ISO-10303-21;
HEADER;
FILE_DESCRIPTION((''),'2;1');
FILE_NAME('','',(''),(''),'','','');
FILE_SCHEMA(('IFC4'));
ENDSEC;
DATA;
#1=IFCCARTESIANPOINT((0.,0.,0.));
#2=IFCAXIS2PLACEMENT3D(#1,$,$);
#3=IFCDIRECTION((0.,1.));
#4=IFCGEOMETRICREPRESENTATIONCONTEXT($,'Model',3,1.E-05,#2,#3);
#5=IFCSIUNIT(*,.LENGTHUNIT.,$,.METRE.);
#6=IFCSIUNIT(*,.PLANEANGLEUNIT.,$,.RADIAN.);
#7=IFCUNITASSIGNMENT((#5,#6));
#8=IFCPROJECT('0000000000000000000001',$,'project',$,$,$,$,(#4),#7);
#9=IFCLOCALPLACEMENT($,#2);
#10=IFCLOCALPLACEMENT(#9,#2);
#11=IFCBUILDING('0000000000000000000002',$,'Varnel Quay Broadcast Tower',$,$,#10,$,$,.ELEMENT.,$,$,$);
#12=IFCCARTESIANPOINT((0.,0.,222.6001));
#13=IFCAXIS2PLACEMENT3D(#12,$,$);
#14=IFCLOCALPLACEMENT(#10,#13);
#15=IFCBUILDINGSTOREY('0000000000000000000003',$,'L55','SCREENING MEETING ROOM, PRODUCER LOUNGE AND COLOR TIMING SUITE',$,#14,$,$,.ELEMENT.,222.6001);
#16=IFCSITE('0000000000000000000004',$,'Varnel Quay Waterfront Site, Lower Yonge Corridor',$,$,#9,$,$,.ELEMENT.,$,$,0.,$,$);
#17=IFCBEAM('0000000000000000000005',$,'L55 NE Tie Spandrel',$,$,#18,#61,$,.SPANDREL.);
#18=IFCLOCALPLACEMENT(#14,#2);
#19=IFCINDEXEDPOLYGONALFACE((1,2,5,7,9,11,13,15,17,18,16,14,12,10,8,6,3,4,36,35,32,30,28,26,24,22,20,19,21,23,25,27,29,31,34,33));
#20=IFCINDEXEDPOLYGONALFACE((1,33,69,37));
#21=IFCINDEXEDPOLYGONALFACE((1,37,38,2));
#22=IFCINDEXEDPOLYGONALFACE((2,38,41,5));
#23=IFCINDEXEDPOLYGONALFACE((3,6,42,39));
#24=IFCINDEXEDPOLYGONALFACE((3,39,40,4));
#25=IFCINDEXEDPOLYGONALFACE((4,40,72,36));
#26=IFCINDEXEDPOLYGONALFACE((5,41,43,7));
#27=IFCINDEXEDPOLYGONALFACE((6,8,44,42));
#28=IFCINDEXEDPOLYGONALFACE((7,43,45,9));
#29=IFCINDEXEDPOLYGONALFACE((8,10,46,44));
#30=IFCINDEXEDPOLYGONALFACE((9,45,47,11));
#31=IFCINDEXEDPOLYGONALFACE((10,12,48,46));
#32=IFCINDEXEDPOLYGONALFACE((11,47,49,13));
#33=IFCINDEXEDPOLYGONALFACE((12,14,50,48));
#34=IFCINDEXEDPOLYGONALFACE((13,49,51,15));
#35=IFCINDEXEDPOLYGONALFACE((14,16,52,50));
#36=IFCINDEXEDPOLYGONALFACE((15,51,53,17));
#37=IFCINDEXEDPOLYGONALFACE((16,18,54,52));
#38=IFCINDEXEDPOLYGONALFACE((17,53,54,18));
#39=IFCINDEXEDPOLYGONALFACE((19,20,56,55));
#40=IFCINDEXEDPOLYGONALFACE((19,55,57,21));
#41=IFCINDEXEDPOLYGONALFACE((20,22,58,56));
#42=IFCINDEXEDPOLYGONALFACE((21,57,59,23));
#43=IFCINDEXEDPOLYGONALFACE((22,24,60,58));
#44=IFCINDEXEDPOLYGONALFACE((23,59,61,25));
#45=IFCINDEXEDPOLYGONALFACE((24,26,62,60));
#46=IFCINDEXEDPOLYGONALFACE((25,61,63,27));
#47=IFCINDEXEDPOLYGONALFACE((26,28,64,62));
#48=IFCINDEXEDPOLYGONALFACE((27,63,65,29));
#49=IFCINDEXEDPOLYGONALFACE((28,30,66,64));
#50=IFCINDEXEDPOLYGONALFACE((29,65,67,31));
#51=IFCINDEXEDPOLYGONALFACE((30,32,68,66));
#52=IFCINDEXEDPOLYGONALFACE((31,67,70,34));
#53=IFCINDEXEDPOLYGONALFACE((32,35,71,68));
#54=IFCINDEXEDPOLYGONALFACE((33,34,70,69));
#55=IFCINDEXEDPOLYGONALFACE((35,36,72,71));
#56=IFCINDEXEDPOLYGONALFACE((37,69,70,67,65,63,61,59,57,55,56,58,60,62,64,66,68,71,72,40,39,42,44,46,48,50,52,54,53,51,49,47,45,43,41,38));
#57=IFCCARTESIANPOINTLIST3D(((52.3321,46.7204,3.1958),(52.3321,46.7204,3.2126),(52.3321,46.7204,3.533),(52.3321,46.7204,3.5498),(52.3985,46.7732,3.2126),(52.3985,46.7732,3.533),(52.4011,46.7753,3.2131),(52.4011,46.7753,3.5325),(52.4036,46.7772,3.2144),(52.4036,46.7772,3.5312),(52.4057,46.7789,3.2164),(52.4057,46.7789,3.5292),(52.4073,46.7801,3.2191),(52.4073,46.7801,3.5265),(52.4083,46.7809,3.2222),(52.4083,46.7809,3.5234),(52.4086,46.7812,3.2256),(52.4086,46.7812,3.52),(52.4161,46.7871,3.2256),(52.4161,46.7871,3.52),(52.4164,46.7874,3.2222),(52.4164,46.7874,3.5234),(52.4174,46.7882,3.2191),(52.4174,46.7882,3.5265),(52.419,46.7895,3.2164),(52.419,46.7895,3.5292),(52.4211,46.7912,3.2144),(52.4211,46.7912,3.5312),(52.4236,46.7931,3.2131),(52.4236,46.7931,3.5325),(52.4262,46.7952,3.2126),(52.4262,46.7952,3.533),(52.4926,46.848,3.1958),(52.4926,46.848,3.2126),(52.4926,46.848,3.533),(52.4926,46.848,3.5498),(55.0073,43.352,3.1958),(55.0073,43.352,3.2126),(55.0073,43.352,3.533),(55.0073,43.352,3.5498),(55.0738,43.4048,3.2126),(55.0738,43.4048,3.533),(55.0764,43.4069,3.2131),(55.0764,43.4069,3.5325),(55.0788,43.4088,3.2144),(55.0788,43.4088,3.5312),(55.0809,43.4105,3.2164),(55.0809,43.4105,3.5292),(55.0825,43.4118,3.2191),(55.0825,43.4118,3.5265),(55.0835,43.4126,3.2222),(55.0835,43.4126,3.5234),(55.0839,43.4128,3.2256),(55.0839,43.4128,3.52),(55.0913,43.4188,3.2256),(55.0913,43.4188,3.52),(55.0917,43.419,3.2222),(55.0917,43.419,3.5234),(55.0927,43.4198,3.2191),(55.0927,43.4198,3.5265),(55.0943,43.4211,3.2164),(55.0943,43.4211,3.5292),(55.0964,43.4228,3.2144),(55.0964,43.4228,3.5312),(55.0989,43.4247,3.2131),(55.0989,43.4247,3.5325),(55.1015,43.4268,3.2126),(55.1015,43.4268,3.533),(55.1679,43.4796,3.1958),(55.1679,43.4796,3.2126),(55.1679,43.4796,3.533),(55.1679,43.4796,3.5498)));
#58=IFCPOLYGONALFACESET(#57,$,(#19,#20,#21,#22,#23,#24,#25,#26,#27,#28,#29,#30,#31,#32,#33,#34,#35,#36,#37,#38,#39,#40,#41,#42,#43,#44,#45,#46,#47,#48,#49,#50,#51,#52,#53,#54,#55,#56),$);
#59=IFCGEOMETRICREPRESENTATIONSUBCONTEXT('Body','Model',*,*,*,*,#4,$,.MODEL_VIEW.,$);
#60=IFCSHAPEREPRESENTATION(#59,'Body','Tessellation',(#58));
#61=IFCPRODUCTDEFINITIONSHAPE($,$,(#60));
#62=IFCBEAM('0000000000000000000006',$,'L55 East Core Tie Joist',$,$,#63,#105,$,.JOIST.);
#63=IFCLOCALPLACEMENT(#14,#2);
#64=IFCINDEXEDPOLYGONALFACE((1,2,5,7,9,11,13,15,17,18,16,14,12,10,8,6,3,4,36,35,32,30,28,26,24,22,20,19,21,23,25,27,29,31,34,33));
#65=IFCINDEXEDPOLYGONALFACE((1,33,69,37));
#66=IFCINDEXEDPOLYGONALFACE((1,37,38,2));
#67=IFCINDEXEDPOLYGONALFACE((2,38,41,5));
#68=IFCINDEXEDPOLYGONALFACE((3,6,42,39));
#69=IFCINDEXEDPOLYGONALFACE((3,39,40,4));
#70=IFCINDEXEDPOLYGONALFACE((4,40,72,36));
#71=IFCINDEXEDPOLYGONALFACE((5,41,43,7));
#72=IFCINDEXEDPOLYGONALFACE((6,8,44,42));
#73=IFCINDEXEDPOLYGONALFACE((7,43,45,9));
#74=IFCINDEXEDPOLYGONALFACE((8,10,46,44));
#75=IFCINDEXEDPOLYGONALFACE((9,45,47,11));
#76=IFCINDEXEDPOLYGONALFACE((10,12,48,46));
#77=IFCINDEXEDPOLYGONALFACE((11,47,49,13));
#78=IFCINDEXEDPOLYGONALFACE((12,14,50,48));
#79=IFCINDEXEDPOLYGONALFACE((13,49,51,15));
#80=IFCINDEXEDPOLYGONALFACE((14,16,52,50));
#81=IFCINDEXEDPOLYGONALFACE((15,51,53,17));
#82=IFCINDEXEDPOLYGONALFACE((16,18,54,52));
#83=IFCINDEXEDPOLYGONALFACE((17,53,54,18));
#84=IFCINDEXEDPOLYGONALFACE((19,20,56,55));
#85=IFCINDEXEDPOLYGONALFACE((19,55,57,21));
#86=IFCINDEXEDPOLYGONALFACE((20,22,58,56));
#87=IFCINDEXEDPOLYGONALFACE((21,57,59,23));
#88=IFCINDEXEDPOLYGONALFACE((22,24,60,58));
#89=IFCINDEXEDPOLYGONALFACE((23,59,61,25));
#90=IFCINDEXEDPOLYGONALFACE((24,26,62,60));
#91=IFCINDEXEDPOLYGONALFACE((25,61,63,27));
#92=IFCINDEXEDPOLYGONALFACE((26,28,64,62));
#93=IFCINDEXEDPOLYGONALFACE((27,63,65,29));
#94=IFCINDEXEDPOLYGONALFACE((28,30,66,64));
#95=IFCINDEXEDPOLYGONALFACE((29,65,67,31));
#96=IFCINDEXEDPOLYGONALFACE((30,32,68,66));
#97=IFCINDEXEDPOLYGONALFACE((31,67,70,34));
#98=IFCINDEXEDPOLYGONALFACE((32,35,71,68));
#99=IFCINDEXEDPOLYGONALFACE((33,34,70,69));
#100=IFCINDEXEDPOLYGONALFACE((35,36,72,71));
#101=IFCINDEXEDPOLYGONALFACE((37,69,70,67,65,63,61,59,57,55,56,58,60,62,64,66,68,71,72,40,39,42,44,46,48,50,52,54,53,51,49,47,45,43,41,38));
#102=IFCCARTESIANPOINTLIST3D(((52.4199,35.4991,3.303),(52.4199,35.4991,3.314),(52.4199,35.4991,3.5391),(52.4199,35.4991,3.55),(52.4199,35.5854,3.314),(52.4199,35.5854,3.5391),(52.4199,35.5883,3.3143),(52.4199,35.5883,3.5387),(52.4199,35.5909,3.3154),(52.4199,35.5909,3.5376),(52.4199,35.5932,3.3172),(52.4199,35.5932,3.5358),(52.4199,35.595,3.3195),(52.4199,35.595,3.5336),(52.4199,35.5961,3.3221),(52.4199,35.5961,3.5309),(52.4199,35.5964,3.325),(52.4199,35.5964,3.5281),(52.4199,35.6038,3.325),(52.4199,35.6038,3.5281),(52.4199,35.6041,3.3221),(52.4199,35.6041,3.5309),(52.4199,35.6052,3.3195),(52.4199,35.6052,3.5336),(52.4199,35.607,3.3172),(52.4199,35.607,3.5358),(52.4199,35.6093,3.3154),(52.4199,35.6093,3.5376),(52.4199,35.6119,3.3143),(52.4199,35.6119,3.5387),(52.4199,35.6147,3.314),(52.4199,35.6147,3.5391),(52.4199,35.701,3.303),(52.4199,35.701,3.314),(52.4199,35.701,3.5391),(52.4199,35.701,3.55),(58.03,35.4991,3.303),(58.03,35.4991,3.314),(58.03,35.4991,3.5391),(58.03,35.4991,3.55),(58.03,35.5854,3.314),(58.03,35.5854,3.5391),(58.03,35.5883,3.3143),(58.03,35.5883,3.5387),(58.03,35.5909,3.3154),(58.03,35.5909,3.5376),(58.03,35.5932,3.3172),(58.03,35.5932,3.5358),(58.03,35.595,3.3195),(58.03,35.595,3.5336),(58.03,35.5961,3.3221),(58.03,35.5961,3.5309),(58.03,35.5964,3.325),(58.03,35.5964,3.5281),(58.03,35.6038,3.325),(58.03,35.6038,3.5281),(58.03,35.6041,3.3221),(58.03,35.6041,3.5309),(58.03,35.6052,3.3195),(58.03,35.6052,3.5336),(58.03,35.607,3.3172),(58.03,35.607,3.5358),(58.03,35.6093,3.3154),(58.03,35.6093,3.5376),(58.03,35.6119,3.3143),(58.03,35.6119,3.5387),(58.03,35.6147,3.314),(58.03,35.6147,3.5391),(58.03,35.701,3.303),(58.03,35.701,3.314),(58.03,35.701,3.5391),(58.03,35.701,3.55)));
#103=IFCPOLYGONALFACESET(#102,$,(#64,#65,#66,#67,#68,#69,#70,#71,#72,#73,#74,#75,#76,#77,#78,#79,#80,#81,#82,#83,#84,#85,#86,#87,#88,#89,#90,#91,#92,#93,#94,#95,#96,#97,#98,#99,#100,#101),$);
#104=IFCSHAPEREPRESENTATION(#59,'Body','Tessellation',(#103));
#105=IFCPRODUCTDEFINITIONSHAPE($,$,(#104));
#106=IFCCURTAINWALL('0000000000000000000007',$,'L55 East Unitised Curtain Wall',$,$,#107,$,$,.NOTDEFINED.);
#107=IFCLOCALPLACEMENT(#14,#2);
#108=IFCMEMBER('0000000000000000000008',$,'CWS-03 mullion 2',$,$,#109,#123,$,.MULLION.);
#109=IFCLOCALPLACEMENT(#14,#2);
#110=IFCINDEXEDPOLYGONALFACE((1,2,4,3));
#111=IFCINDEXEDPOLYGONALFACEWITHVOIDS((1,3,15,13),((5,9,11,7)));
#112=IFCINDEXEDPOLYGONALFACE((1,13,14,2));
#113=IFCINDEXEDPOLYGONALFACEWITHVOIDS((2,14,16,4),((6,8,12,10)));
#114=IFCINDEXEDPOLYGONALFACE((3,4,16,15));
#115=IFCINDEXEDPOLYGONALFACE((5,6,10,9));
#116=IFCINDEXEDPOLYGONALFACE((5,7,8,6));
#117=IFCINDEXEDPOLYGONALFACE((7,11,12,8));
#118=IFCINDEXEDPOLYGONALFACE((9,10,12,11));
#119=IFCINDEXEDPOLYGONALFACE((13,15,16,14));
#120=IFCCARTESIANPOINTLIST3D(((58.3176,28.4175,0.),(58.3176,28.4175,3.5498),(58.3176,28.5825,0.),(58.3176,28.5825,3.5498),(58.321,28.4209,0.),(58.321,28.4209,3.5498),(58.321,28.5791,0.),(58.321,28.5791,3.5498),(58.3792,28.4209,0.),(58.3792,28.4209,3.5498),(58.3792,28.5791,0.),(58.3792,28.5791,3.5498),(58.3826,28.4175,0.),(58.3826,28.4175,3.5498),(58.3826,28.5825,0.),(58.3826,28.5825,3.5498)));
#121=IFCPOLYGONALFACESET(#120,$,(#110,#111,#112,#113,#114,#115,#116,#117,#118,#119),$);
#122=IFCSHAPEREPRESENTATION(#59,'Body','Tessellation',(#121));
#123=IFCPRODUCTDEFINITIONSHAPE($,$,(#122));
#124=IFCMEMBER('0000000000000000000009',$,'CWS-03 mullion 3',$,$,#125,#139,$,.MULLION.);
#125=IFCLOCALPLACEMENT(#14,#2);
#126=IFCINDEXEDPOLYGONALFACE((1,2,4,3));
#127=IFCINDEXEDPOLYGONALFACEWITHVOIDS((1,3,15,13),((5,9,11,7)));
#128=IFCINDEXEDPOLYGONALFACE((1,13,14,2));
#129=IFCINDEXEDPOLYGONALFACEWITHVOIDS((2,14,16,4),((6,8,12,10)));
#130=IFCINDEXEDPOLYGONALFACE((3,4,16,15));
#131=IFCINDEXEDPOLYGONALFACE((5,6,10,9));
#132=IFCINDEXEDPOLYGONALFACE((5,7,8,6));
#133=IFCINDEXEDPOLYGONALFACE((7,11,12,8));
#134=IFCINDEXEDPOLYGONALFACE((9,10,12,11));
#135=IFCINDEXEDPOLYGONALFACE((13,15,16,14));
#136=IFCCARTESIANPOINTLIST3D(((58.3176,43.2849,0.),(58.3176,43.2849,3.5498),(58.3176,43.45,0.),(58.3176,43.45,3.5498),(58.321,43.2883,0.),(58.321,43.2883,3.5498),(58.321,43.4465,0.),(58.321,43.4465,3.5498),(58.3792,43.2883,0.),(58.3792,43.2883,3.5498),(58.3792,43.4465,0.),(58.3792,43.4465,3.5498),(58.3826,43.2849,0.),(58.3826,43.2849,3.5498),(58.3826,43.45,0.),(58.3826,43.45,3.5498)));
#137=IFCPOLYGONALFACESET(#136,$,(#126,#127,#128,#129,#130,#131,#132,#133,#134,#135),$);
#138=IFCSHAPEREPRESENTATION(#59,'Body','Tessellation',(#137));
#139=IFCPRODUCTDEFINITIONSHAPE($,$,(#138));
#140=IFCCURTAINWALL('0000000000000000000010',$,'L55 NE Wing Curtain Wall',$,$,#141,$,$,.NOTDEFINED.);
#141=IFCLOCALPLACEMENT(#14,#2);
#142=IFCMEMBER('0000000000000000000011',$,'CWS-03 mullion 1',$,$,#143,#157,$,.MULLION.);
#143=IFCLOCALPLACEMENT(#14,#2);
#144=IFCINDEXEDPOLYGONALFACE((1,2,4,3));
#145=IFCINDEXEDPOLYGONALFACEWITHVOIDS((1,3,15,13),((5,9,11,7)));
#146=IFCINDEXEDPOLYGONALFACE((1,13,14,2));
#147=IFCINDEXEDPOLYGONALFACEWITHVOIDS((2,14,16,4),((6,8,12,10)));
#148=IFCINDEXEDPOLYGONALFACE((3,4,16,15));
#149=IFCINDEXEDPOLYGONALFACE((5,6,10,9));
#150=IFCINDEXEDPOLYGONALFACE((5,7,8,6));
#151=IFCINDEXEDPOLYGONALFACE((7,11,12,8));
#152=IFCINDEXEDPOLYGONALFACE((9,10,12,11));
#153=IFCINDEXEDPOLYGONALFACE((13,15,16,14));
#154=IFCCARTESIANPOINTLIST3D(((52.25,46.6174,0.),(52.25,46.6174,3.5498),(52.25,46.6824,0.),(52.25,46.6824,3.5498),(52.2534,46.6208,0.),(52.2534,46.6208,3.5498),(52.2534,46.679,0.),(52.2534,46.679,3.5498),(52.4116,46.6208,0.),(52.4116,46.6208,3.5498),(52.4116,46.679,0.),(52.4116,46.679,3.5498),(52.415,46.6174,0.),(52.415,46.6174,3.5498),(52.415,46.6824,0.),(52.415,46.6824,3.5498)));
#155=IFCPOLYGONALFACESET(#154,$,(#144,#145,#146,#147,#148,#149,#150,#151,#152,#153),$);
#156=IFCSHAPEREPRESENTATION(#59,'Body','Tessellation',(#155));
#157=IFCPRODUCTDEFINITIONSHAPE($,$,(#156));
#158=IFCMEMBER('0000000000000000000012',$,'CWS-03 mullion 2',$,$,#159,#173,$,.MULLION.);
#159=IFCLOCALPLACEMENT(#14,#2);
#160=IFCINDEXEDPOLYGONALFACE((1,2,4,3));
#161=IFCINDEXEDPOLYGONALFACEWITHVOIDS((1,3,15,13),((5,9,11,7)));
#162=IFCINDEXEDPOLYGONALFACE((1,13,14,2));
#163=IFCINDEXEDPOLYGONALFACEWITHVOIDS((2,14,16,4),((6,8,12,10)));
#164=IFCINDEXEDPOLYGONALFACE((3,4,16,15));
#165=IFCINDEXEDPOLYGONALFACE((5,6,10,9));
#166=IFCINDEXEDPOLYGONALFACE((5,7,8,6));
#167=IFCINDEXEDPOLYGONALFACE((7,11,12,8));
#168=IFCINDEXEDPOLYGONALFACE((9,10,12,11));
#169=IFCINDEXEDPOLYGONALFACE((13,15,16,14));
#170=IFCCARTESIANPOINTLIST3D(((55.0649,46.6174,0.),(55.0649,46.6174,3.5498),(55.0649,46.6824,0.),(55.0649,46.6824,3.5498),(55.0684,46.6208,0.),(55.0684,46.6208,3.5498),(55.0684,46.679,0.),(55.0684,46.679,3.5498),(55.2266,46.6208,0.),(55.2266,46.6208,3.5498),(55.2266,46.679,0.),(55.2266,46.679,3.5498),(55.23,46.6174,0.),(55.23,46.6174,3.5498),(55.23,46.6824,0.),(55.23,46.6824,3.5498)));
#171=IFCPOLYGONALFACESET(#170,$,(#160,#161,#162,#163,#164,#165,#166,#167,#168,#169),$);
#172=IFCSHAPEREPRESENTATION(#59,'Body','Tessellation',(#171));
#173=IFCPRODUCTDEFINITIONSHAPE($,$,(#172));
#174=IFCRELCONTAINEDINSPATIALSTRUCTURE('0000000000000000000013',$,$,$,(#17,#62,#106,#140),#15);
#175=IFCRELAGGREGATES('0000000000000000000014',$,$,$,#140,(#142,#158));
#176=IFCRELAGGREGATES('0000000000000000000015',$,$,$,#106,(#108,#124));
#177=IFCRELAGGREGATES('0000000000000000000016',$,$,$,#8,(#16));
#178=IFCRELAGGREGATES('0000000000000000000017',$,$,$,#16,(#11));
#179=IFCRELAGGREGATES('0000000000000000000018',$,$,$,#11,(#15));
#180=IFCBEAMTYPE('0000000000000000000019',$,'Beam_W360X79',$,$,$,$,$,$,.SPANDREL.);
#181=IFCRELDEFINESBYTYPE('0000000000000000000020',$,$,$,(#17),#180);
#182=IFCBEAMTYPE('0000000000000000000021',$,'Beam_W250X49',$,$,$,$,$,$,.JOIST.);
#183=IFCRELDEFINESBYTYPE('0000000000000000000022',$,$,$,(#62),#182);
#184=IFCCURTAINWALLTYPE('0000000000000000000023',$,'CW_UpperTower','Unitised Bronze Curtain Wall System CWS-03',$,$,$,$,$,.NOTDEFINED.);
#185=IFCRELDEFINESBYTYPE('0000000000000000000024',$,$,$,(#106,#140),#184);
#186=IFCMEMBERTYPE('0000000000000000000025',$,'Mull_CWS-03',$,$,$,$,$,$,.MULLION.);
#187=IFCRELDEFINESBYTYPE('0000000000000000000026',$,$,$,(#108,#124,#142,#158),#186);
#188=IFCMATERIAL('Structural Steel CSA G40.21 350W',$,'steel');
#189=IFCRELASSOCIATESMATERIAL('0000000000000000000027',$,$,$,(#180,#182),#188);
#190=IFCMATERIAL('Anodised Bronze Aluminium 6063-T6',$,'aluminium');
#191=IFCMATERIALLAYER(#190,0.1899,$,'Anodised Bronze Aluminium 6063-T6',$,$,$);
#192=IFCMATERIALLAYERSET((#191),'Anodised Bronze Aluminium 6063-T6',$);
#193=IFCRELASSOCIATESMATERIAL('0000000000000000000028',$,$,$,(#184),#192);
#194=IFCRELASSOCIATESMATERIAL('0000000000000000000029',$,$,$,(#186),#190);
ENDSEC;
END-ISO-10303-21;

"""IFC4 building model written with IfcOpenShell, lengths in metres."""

from ifc_helpers import new_model, si_unit, direction, frame, origin, origin_2d, place, context, subcontext, project, spatial, hollow_rectangle, i_section, extrude, source, transform, mapped, material, layer, layer_set, material_profile, profile_set, type_object, type_shapes, element, aggregate, save


model = new_model("IFC4")

# Units and contexts
model_context = context("Model", 3, precision=1e-05, world=origin(), true_north=direction((0.0, 1.0)))
body_context = subcontext(model_context, "Body", "Model", "MODEL_VIEW")
ifc_project = project(units=[si_unit("LENGTHUNIT", "METRE"), si_unit("PLANEANGLEUNIT", "RADIAN")], contexts=[model_context])

# Site, building, storey
site_placement = place(None, origin())
site = spatial("IfcSite", under=ifc_project, at=site_placement, Name="Varnel Quay Waterfront Site, Lower Yonge Corridor", CompositionType="ELEMENT", RefElevation=0.0)
building_placement = place(site_placement, origin())
building = spatial("IfcBuilding", under=site, at=building_placement, Name="Varnel Quay Broadcast Tower", CompositionType="ELEMENT")
storey_placement = place(building_placement, frame((0.0, 0.0, 222.6001)))
storey = spatial("IfcBuildingStorey", under=building, at=storey_placement, Name="L55", Description="SCREENING MEETING ROOM, PRODUCER LOUNGE AND COLOR TIMING SUITE", CompositionType="ELEMENT", Elevation=222.6001)

# Shared definitions
ifc_material_1 = material(Name="Structural Steel CSA G40.21 350W", Category="steel")

# Beams
ifc_material_profile_1 = material_profile(ifc_material_1, i_section(OverallWidth=0.2051, OverallDepth=0.354, WebThickness=0.0095, FlangeThickness=0.0168, FilletRadius=0.0129, at=origin_2d()), Name="W360X79")
ifc_profile_set_1 = profile_set([ifc_material_profile_1], Name="Structural Steel CSA G40.21 350W")
beam_type_1 = type_object("IfcBeamType", Name="Beam_W360X79", PredefinedType="SPANDREL", material=ifc_profile_set_1)
shared_shape_1 = source(origin(), body_context, "Body", "SweptSolid", [
    extrude(i_section(OverallWidth=0.2051, OverallDepth=0.354, WebThickness=0.0095, FlangeThickness=0.0168, FilletRadius=0.0129, at=origin_2d()), origin(), (0.0, 0.0, 1.0), 4.3015),
])
beam_1_placement = place(storey_placement, frame((52.4124, 46.7842, 3.3728), z_axis=(0.621936, -0.783068, 0.0), x_axis=(0.783068, 0.621936, 0.0)))
element("IfcBeam", 1, at=beam_1_placement, inside=storey, type_object=beam_type_1, Name="L55 NE Tie Spandrel", PredefinedType="SPANDREL", context=body_context, shape_type="MappedRepresentation", body=[
    mapped(shared_shape_1, transform((0.0, 0.0, 0.0), x_axis=(1.0, 0.0, 0.0), y_axis=(0.0, 1.0, 0.0), z_axis=(0.0, 0.0, 1.0), scale=1.0)),
])
ifc_material_profile_2 = material_profile(ifc_material_1, i_section(OverallWidth=0.2019, OverallDepth=0.2471, WebThickness=0.0073, FlangeThickness=0.011, FilletRadius=0.011, at=origin_2d()), Name="W250X49")
ifc_profile_set_2 = profile_set([ifc_material_profile_2], Name="Structural Steel CSA G40.21 350W")
beam_type_2 = type_object("IfcBeamType", Name="Beam_W250X49", PredefinedType="JOIST", material=ifc_profile_set_2)
shared_shape_2 = source(origin(), body_context, "Body", "SweptSolid", [
    extrude(i_section(OverallWidth=0.2019, OverallDepth=0.2471, WebThickness=0.0073, FlangeThickness=0.011, FilletRadius=0.011, at=origin_2d()), origin(), (0.0, 0.0, 1.0), 5.6101),
])
type_shapes(beam_type_2, [shared_shape_2])
beam_2_placement = place(storey_placement, frame((52.4199, 35.6001, 3.4265), z_axis=(1.0, 0.0, 0.0), x_axis=(0.0, 1.0, 0.0)))
element("IfcBeam", 2, at=beam_2_placement, inside=storey, type_object=beam_type_2, Name="L55 East Core Tie Joist", PredefinedType="JOIST", context=body_context, shape_type="MappedRepresentation", body=[
    mapped(shared_shape_2, transform((0.0, 0.0, 0.0), x_axis=(1.0, 0.0, 0.0), y_axis=(0.0, 1.0, 0.0), z_axis=(0.0, 0.0, 1.0), scale=1.0)),
])

# Curtain walls, members
ifc_material_2 = material(Name="Anodised Bronze Aluminium 6063-T6", Category="aluminium")
ifc_layer_1 = layer(ifc_material_2, 0.1899, Name="Anodised Bronze Aluminium 6063-T6")
ifc_layer_set_1 = layer_set([ifc_layer_1], Name="Anodised Bronze Aluminium 6063-T6")
curtain_wall_type = type_object("IfcCurtainWallType", Name="CW_UpperTower", Description="Unitised Bronze Curtain Wall System CWS-03", PredefinedType="NOTDEFINED", material=ifc_layer_set_1)
curtain_wall_1_placement = place(storey_placement, origin())
curtain_wall_1 = element("IfcCurtainWall", 3, at=curtain_wall_1_placement, inside=storey, type_object=curtain_wall_type, Name="L55 East Unitised Curtain Wall", PredefinedType="NOTDEFINED")
ifc_material_profile_3 = material_profile(ifc_material_2, hollow_rectangle(XDim=0.0649, YDim=0.165, WallThickness=0.0034, at=origin_2d()), Name="ALU65X165X3.5")
ifc_profile_set_3 = profile_set([ifc_material_profile_3], Name="Anodised Bronze Aluminium 6063-T6")
member_type_1 = type_object("IfcMemberType", Name="Mull_CWS-03", PredefinedType="MULLION", material=ifc_profile_set_3)
shared_shape_3 = source(origin(), body_context, "Body", "SweptSolid", [
    extrude(hollow_rectangle(XDim=0.0649, YDim=0.165, WallThickness=0.0034, at=origin_2d()), origin(), (0.0, 0.0, 1.0), 3.5498),
])
type_shapes(member_type_1, [shared_shape_3])
member_1_placement = place(storey_placement, frame((58.3501, 28.5, 0.0), z_axis=(0.0, 0.0, 1.0), x_axis=(-1.0, 0.0, 0.0)))
member_1 = element("IfcMember", 4, at=member_1_placement, type_object=member_type_1, Name="CWS-03 mullion 2", PredefinedType="MULLION", context=body_context, shape_type="MappedRepresentation", body=[
    mapped(shared_shape_3, transform((0.0, 0.0, 0.0), x_axis=(1.0, 0.0, 0.0), y_axis=(0.0, 1.0, 0.0), z_axis=(0.0, 0.0, 1.0), scale=1.0)),
])
member_2_placement = place(storey_placement, frame((58.3501, 43.3674, 0.0), z_axis=(0.0, 0.0, 1.0), x_axis=(-1.0, 0.0, 0.0)))
member_2 = element("IfcMember", 5, at=member_2_placement, type_object=member_type_1, Name="CWS-03 mullion 3", PredefinedType="MULLION", context=body_context, shape_type="MappedRepresentation", body=[
    mapped(shared_shape_3, transform((0.0, 0.0, 0.0), x_axis=(1.0, 0.0, 0.0), y_axis=(0.0, 1.0, 0.0), z_axis=(0.0, 0.0, 1.0), scale=1.0)),
])
curtain_wall_2_placement = place(storey_placement, origin())
curtain_wall_2 = element("IfcCurtainWall", 6, at=curtain_wall_2_placement, inside=storey, type_object=curtain_wall_type, Name="L55 NE Wing Curtain Wall", PredefinedType="NOTDEFINED")
member_3_placement = place(storey_placement, frame((52.3325, 46.6499, 0.0), z_axis=(0.0, 0.0, 1.0), x_axis=(0.0, 1.0, 0.0)))
member_3 = element("IfcMember", 7, at=member_3_placement, type_object=member_type_1, Name="CWS-03 mullion 1", PredefinedType="MULLION", context=body_context, shape_type="MappedRepresentation", body=[
    mapped(shared_shape_3, transform((0.0, 0.0, 0.0), x_axis=(1.0, 0.0, 0.0), y_axis=(0.0, 1.0, 0.0), z_axis=(0.0, 0.0, 1.0), scale=1.0)),
])
member_4_placement = place(storey_placement, frame((55.1475, 46.6499, 0.0), z_axis=(0.0, 0.0, 1.0), x_axis=(0.0, 1.0, 0.0)))
member_4 = element("IfcMember", 8, at=member_4_placement, type_object=member_type_1, Name="CWS-03 mullion 2", PredefinedType="MULLION", context=body_context, shape_type="MappedRepresentation", body=[
    mapped(shared_shape_3, transform((0.0, 0.0, 0.0), x_axis=(1.0, 0.0, 0.0), y_axis=(0.0, 1.0, 0.0), z_axis=(0.0, 0.0, 1.0), scale=1.0)),
])

aggregate(curtain_wall_2, [member_3, member_4])
aggregate(curtain_wall_1, [member_1, member_2])

save(model, "model.ifc")
